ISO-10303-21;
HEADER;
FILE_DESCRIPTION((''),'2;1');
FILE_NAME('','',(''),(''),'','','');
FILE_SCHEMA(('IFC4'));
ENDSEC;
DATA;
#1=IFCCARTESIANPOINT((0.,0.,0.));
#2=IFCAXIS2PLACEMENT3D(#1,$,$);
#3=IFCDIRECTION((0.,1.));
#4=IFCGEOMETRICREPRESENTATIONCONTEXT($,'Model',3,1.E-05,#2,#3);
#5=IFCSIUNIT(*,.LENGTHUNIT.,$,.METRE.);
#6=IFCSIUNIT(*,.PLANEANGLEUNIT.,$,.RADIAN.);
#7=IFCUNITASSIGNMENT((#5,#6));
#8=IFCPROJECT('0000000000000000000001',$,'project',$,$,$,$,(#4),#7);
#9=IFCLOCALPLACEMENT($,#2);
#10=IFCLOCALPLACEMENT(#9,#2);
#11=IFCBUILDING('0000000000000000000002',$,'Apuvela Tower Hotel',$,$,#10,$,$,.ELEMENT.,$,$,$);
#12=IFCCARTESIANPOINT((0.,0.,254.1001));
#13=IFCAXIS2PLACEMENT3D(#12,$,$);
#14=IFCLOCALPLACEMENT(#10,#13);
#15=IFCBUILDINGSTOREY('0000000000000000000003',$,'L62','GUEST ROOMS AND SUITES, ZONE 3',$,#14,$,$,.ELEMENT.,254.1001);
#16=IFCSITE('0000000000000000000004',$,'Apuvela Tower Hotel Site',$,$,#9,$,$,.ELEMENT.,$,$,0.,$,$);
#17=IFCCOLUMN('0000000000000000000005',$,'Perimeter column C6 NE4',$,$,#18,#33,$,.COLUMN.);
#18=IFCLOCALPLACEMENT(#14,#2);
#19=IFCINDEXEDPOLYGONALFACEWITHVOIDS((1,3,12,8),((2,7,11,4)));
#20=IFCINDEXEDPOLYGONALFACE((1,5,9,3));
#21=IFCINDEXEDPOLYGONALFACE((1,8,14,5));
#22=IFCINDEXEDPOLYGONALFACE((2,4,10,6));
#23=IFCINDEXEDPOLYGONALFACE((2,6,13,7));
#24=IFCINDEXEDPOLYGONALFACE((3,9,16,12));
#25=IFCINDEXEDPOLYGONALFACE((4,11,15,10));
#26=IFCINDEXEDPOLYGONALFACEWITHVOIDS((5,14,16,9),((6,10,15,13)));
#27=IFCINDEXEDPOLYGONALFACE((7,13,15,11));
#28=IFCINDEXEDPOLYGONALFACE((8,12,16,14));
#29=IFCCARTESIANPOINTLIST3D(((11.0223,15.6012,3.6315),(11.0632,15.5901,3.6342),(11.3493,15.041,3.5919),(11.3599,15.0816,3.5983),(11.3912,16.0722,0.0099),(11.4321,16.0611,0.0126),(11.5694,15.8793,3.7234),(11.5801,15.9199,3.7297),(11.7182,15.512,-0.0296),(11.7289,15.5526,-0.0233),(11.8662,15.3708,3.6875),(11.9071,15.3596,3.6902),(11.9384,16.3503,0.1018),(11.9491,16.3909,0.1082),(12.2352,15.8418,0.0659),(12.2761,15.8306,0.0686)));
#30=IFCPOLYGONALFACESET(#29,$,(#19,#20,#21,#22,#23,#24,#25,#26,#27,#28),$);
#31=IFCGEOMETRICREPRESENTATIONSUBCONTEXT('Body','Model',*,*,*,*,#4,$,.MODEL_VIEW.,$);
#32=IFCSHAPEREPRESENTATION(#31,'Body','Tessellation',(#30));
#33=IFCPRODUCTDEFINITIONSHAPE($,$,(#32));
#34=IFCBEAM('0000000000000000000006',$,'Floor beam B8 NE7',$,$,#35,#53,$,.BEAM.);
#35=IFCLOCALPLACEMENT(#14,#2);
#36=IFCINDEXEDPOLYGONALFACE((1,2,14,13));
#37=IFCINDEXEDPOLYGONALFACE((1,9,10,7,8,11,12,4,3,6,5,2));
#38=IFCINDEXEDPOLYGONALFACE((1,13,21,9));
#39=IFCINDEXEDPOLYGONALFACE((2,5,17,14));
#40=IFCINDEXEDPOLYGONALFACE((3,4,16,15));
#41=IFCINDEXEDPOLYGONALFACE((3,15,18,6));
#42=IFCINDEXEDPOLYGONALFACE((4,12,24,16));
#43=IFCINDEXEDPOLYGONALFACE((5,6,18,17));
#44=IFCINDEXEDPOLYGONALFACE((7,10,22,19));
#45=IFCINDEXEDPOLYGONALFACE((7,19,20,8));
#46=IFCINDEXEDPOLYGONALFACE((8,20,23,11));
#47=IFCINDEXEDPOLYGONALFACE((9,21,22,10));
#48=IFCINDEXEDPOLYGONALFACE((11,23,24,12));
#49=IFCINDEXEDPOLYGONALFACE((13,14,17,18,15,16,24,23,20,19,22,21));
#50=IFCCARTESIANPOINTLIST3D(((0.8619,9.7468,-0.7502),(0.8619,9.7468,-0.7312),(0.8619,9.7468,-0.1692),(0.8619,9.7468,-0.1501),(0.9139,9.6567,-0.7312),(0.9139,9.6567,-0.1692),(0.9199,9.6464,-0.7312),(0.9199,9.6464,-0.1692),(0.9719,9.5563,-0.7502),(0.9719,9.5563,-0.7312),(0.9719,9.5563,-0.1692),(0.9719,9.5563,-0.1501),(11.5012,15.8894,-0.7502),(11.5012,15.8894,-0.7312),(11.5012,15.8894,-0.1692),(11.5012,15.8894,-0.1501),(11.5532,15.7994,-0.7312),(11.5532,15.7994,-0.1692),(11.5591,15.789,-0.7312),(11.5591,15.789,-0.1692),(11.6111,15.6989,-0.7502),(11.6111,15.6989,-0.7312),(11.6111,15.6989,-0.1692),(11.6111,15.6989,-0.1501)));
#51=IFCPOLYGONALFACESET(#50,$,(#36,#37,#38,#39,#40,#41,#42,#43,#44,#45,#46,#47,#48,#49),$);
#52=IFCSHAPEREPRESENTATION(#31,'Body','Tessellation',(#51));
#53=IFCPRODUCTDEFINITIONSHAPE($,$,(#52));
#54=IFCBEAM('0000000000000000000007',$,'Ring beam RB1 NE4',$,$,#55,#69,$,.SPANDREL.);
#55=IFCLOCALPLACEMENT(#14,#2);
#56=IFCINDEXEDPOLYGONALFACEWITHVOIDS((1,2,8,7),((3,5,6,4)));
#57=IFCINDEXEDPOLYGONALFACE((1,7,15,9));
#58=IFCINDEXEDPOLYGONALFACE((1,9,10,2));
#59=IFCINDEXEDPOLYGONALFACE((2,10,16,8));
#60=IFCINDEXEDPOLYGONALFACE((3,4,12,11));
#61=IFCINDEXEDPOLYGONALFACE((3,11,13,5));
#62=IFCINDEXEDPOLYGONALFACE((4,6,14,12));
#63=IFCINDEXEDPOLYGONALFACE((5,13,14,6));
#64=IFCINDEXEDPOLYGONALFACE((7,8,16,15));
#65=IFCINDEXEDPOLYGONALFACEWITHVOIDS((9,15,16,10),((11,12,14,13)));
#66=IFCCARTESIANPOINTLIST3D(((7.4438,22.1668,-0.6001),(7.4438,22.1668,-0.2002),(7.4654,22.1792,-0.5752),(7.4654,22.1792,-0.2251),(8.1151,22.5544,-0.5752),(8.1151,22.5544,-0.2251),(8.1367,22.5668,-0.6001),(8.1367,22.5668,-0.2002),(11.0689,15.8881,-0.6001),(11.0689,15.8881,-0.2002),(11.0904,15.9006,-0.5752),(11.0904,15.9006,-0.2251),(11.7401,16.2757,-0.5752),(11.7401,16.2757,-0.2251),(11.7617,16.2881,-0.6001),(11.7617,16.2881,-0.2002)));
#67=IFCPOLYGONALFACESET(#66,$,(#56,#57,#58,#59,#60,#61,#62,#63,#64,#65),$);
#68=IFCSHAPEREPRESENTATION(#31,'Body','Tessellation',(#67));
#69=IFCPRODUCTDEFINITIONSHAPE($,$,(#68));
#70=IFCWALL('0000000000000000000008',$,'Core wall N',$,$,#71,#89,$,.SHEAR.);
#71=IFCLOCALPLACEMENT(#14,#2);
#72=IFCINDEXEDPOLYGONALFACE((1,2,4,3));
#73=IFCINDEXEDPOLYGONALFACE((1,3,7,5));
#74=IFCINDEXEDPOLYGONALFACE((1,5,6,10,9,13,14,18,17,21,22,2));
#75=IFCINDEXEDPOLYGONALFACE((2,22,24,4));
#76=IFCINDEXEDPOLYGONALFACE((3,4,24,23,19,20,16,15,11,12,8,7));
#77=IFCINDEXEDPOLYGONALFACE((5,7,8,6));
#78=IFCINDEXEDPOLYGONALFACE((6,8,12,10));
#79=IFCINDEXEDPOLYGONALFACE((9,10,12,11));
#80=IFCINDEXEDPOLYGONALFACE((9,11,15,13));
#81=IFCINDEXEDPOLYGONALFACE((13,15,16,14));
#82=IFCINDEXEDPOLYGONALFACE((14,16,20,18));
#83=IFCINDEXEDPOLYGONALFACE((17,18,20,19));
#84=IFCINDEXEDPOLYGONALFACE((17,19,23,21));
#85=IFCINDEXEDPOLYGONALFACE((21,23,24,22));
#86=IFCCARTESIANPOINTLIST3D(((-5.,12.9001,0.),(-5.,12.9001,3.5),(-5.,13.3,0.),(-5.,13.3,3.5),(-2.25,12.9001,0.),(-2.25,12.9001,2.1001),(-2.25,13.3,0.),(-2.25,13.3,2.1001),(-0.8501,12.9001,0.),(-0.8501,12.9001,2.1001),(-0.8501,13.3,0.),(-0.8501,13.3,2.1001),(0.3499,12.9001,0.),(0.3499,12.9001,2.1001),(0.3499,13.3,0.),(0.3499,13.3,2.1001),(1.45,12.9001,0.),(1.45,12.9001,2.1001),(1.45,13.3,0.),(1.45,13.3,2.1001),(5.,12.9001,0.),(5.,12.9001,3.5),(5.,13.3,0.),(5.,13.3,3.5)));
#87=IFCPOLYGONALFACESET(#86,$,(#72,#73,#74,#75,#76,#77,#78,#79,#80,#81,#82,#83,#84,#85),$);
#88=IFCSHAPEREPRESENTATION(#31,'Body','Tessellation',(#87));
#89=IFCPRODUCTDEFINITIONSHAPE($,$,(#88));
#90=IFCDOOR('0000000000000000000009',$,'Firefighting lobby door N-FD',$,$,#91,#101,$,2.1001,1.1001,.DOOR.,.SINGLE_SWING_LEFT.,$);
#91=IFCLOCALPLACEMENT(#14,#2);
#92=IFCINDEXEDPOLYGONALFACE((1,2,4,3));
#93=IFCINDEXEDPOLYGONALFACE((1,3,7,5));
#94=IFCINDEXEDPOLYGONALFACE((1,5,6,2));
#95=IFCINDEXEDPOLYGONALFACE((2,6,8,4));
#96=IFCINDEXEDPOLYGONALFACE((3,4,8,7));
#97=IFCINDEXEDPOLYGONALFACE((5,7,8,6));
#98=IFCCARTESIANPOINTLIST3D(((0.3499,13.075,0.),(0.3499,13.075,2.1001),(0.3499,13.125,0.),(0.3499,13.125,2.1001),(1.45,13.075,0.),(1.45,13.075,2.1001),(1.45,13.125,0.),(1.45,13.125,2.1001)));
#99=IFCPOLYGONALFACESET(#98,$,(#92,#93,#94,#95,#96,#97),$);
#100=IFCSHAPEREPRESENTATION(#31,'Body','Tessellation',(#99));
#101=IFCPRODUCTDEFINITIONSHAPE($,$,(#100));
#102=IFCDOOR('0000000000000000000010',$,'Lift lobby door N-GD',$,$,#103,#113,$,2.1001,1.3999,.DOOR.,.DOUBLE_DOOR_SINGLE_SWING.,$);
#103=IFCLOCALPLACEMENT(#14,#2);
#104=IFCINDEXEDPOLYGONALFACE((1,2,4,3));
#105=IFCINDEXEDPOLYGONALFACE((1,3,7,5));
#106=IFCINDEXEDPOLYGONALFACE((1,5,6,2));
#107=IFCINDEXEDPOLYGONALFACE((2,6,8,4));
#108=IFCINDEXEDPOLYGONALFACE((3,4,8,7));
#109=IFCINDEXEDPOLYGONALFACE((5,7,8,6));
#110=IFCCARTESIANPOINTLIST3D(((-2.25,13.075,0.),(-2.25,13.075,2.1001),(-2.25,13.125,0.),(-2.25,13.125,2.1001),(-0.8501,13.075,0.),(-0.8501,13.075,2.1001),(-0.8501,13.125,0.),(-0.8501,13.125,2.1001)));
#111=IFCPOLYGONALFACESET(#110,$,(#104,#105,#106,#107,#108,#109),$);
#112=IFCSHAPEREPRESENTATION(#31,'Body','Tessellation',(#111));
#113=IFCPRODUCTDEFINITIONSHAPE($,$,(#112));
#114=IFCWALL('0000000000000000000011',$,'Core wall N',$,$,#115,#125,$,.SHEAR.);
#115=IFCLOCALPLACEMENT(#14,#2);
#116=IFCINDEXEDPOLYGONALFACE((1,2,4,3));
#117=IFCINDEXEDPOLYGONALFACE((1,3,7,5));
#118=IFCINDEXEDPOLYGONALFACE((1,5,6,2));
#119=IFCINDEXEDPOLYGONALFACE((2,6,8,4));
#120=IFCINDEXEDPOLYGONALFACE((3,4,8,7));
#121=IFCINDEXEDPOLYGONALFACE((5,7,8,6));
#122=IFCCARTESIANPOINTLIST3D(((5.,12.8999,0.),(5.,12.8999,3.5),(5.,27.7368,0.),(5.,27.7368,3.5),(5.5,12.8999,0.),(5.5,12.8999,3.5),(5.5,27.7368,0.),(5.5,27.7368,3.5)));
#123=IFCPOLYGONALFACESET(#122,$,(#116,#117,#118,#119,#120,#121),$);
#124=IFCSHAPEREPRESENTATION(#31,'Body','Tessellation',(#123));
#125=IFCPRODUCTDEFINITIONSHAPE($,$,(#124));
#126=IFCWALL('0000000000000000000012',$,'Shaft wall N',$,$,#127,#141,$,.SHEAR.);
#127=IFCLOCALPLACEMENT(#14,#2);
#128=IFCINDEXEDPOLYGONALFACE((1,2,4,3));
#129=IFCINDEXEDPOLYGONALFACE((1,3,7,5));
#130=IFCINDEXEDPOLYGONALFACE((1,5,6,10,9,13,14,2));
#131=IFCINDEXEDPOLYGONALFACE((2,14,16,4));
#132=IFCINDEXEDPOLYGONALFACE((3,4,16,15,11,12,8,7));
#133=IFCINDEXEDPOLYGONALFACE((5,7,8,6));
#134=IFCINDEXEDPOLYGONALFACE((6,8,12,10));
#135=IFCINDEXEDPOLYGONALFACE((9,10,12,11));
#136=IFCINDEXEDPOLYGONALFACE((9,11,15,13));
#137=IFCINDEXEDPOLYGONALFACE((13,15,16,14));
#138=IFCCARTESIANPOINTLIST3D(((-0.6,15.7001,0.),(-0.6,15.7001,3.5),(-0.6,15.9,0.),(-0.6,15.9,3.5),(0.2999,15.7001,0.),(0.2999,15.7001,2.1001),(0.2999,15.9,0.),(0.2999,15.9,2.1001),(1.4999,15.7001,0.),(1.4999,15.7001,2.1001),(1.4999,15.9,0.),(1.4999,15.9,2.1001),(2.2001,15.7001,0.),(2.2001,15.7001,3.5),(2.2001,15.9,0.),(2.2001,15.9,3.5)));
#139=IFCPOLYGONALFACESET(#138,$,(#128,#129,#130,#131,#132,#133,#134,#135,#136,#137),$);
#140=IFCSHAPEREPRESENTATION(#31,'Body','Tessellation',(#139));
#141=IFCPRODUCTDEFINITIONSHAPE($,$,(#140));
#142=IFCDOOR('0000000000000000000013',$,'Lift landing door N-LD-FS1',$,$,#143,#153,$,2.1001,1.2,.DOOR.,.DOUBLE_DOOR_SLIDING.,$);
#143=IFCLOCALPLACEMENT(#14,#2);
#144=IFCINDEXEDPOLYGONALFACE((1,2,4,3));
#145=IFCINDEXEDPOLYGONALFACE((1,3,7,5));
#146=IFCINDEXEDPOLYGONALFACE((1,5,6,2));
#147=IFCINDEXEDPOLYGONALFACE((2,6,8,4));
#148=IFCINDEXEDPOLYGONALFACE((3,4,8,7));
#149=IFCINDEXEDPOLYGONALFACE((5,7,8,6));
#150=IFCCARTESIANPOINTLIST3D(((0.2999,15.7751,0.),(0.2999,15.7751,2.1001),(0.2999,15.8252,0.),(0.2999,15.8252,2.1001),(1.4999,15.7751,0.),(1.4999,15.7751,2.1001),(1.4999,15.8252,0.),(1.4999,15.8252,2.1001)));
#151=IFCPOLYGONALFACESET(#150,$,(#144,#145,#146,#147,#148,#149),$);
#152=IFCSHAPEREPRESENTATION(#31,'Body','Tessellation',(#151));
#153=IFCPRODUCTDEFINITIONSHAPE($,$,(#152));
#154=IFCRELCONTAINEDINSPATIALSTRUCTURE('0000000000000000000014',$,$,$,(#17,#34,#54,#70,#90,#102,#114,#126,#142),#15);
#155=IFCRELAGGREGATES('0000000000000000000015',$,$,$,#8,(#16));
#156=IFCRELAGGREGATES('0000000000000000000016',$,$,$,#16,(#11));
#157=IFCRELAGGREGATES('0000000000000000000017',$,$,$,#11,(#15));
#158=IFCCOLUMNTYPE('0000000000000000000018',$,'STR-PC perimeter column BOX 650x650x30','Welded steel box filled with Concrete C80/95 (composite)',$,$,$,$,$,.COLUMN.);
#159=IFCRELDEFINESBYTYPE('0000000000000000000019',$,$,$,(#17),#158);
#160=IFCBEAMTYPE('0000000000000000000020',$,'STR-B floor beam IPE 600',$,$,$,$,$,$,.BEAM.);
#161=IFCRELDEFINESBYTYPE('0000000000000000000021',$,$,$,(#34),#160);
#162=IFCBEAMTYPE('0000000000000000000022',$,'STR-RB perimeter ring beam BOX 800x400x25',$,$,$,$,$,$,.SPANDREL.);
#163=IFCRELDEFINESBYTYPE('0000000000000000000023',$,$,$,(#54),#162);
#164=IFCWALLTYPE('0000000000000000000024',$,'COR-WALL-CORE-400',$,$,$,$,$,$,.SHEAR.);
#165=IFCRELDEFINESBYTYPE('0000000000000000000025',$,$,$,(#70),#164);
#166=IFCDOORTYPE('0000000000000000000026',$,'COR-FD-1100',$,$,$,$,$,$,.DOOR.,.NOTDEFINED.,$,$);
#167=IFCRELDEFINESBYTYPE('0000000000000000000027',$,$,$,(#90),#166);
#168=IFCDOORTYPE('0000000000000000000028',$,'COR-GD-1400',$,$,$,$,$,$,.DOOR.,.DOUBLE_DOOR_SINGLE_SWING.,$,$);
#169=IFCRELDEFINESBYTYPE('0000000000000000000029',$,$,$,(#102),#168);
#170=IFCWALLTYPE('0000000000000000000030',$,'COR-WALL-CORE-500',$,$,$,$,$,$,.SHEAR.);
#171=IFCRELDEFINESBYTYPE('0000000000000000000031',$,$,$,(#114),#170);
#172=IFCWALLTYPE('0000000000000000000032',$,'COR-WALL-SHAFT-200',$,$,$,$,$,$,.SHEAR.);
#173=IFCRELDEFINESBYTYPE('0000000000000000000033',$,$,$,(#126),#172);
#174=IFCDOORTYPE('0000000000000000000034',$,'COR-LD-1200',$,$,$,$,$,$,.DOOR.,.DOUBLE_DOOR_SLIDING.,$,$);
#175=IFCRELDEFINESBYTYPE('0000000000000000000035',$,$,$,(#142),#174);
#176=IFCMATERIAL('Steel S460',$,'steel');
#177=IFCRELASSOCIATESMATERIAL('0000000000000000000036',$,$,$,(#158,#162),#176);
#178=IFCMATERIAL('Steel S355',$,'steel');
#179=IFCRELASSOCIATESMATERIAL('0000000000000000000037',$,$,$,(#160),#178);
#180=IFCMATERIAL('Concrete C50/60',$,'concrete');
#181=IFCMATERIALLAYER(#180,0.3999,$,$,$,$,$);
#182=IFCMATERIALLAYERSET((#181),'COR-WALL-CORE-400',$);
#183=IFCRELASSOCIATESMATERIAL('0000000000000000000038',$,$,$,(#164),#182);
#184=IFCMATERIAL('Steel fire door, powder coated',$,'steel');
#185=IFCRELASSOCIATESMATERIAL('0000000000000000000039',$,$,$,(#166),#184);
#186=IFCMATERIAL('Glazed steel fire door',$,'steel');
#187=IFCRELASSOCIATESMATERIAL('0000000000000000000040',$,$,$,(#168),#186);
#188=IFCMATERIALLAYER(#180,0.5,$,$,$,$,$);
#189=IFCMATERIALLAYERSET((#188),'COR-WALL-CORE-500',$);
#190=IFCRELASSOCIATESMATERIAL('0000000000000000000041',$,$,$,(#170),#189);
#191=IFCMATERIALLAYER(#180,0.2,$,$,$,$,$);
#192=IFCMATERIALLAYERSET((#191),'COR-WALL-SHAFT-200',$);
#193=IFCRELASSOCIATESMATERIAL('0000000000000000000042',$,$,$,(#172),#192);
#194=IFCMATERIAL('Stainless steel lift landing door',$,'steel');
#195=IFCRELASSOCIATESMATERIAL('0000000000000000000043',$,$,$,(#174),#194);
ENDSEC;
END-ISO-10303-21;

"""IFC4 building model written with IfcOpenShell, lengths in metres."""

from ifc_helpers import new_model, si_unit, direction, frame, frame_2d, origin, origin_2d, place, context, subcontext, project, spatial, rectangle, hollow_rectangle, i_section, extrude, boolean, halfspace, material, layer, layer_set, material_profile, profile_set, type_object, element, fill, save


model = new_model("IFC4")

# Units and contexts
model_context = context("Model", 3, precision=1e-05, world=origin(), true_north=direction((0.0, 1.0)))
body_context = subcontext(model_context, "Body", "Model", "MODEL_VIEW")
ifc_project = project(units=[si_unit("LENGTHUNIT", "METRE"), si_unit("PLANEANGLEUNIT", "RADIAN")], contexts=[model_context])

# Site, building, storey
site_placement = place(None, origin())
site = spatial("IfcSite", under=ifc_project, at=site_placement, Name="Apuvela Tower Hotel Site", CompositionType="ELEMENT", RefElevation=0.0)
building_placement = place(site_placement, origin())
building = spatial("IfcBuilding", under=site, at=building_placement, Name="Apuvela Tower Hotel", CompositionType="ELEMENT")
storey_placement = place(building_placement, frame((0.0, 0.0, 254.1001)))
storey = spatial("IfcBuildingStorey", under=building, at=storey_placement, Name="L62", Description="GUEST ROOMS AND SUITES, ZONE 3", CompositionType="ELEMENT", Elevation=254.1001)

# Column
ifc_material_1 = material(Name="Steel S460", Category="steel")
ifc_material_profile_1 = material_profile(ifc_material_1, hollow_rectangle(XDim=0.6499, YDim=0.6499, WallThickness=0.03, at=origin_2d()), Name="BOX 650x650x30")
ifc_material_2 = material(Name="Concrete C80/95", Category="concrete")
ifc_material_profile_2 = material_profile(ifc_material_2, rectangle(XDim=0.5901, YDim=0.5901, at=origin_2d()), Name="Concrete C80/95 infill")
ifc_profile_set_1 = profile_set([ifc_material_profile_1, ifc_material_profile_2], Name="Steel S460")
column_type = type_object("IfcColumnType", Name="STR-PC perimeter column BOX 650x650x30", Description="Welded steel box filled with Concrete C80/95 (composite)", PredefinedType="COLUMN", material=ifc_profile_set_1)
column_placement = place(storey_placement, frame((11.8376, 15.9565, 0.0), z_axis=(-0.100518, -0.128317, 0.986626), x_axis=(-0.503129, 0.862066, 0.060858)))
element("IfcColumn", 1, at=column_placement, inside=storey, type_object=column_type, Name="Perimeter column C6 NE4", PredefinedType="COLUMN", context=body_context, shape_type="SweptSolid", body=[
    boolean("DIFFERENCE", boolean("DIFFERENCE", extrude(hollow_rectangle(XDim=0.6499, YDim=0.6499, WallThickness=0.03, at=origin_2d()), origin(), (0.0, 0.0, 1.0), 3.75), halfspace(frame((0.0, 0.0, 0.0398), z_axis=(0.0, 0.0, 1.0), x_axis=(1.0, 0.0, 0.0)), True)), halfspace(frame((0.0, 0.0, 3.7104), z_axis=(0.0, 0.0, 1.0), x_axis=(1.0, 0.0, 0.0)), False)),
])

# Beams
ifc_material_3 = material(Name="Steel S355", Category="steel")
ifc_material_profile_3 = material_profile(ifc_material_3, i_section(OverallWidth=0.22, OverallDepth=0.6001, WebThickness=0.012, FlangeThickness=0.019, at=origin_2d()), Name="IPE 600")
ifc_profile_set_2 = profile_set([ifc_material_profile_3], Name="Steel S355")
beam_type_1 = type_object("IfcBeamType", Name="STR-B floor beam IPE 600", PredefinedType="BEAM", material=ifc_profile_set_2)
beam_1_placement = place(storey_placement, frame((11.5562, 15.7942, -0.4502), z_axis=(-0.866023, -0.500003, 0.0), x_axis=(0.500003, -0.866023, 0.0)))
element("IfcBeam", 2, at=beam_1_placement, inside=storey, type_object=beam_type_1, Name="Floor beam B8 NE7", PredefinedType="BEAM", context=body_context, shape_type="SweptSolid", body=[
    extrude(i_section(OverallWidth=0.22, OverallDepth=0.6001, WebThickness=0.012, FlangeThickness=0.019, at=origin_2d()), origin(), (0.0, 0.0, 1.0), 12.2852),
])
ifc_material_profile_4 = material_profile(ifc_material_1, hollow_rectangle(XDim=0.8, YDim=0.3999, WallThickness=0.0249, at=origin_2d()), Name="BOX 800x400x25")
ifc_profile_set_3 = profile_set([ifc_material_profile_4], Name="Steel S460")
beam_type_2 = type_object("IfcBeamType", Name="STR-RB perimeter ring beam BOX 800x400x25", PredefinedType="SPANDREL", material=ifc_profile_set_3)
beam_2_placement = place(storey_placement, frame((11.4153, 16.0881, -0.4001), z_axis=(-0.500007, 0.866021, 0.0), x_axis=(-0.866021, -0.500007, 0.0)))
element("IfcBeam", 3, at=beam_2_placement, inside=storey, type_object=beam_type_2, Name="Ring beam RB1 NE4", PredefinedType="SPANDREL", context=body_context, shape_type="SweptSolid", body=[
    extrude(hollow_rectangle(XDim=0.8, YDim=0.3999, WallThickness=0.0249, at=origin_2d()), origin(), (0.0, 0.0, 1.0), 7.25),
])

# Wall, openings, doors
ifc_material_4 = material(Name="Concrete C50/60", Category="concrete")
ifc_layer_1 = layer(ifc_material_4, 0.3999)
ifc_layer_set_1 = layer_set([ifc_layer_1], Name="COR-WALL-CORE-400")
wall_type_1 = type_object("IfcWallType", Name="COR-WALL-CORE-400", PredefinedType="SHEAR", material=ifc_layer_set_1)
wall_1_placement = place(storey_placement, frame((5.0, 13.1001, 0.0), z_axis=(0.0, 0.0, 1.0), x_axis=(-1.0, 0.0, 0.0)))
wall_1 = element("IfcWall", 4, at=wall_1_placement, inside=storey, type_object=wall_type_1, Name="Core wall N", PredefinedType="SHEAR", context=body_context, shape_type="SweptSolid", body=[
    extrude(rectangle(XDim=10.0, YDim=0.3999, at=frame_2d((5.0, 0.0))), origin(), (0.0, 0.0, 1.0), 3.5),
])
opening_1_placement = place(wall_1_placement, frame((3.55, 0.0, 0.0)))
opening_1 = element("IfcOpeningElement", 5, at=opening_1_placement, cuts=wall_1, PredefinedType="OPENING", context=body_context, shape_type="SweptSolid", body=[
    extrude(rectangle(XDim=1.1001, YDim=2.1001, at=frame_2d((0.55, 1.05))), frame((0.0, 0.21, 0.0), z_axis=(0.0, -1.0, 0.0), x_axis=(1.0, 0.0, 0.0)), (0.0, 0.0, 1.0), 0.4199),
])
opening_2_placement = place(wall_1_placement, frame((5.8501, 0.0, 0.0)))
opening_2 = element("IfcOpeningElement", 6, at=opening_2_placement, cuts=wall_1, PredefinedType="OPENING", context=body_context, shape_type="SweptSolid", body=[
    extrude(rectangle(XDim=1.3999, YDim=2.1001, at=frame_2d((0.7, 1.05))), frame((0.0, 0.21, 0.0), z_axis=(0.0, -1.0, 0.0), x_axis=(1.0, 0.0, 0.0)), (0.0, 0.0, 1.0), 0.4199),
])
ifc_material_5 = material(Name="Steel fire door, powder coated", Category="steel")
door_type_1 = type_object("IfcDoorType", Name="COR-FD-1100", OperationType="NOTDEFINED", PredefinedType="DOOR", material=ifc_material_5)
door_1_placement = place(opening_1_placement, frame((1.1001, 0.0, 0.0), z_axis=(0.0, 0.0, 1.0), x_axis=(-1.0, 0.0, 0.0)))
door_1 = element("IfcDoor", 7, at=door_1_placement, inside=storey, type_object=door_type_1, Name="Firefighting lobby door N-FD", OperationType="SINGLE_SWING_LEFT", OverallHeight=2.1001, OverallWidth=1.1001, PredefinedType="DOOR", context=body_context, shape_type="SweptSolid", body=[
    extrude(rectangle(XDim=1.1001, YDim=2.1001, at=frame_2d((0.55, 1.05))), frame((0.0, 0.0249, 0.0), z_axis=(0.0, -1.0, 0.0), x_axis=(1.0, 0.0, 0.0)), (0.0, 0.0, 1.0), 0.05),
])
fill(opening_1, door_1)
ifc_material_6 = material(Name="Glazed steel fire door", Category="steel")
door_type_2 = type_object("IfcDoorType", Name="COR-GD-1400", OperationType="DOUBLE_DOOR_SINGLE_SWING", PredefinedType="DOOR", material=ifc_material_6)
door_2_placement = place(opening_2_placement, frame((1.3999, 0.0, 0.0), z_axis=(0.0, 0.0, 1.0), x_axis=(-1.0, 0.0, 0.0)))
door_2 = element("IfcDoor", 8, at=door_2_placement, inside=storey, type_object=door_type_2, Name="Lift lobby door N-GD", OperationType="DOUBLE_DOOR_SINGLE_SWING", OverallHeight=2.1001, OverallWidth=1.3999, PredefinedType="DOOR", context=body_context, shape_type="SweptSolid", body=[
    extrude(rectangle(XDim=1.3999, YDim=2.1001, at=frame_2d((0.7, 1.05))), frame((0.0, 0.0249, 0.0), z_axis=(0.0, -1.0, 0.0), x_axis=(1.0, 0.0, 0.0)), (0.0, 0.0, 1.0), 0.05),
])
fill(opening_2, door_2)

# Wall
ifc_layer_2 = layer(ifc_material_4, 0.5)
ifc_layer_set_2 = layer_set([ifc_layer_2], Name="COR-WALL-CORE-500")
wall_type_2 = type_object("IfcWallType", Name="COR-WALL-CORE-500", PredefinedType="SHEAR", material=ifc_layer_set_2)
wall_2_placement = place(storey_placement, frame((5.25, 12.8999, 0.0), z_axis=(0.0, 0.0, 1.0), x_axis=(0.0, 1.0, 0.0)))
element("IfcWall", 9, at=wall_2_placement, inside=storey, type_object=wall_type_2, Name="Core wall N", PredefinedType="SHEAR", context=body_context, shape_type="SweptSolid", body=[
    extrude(rectangle(XDim=14.8369, YDim=0.5, at=frame_2d((7.4185, 0.0))), origin(), (0.0, 0.0, 1.0), 3.5),
])

# Wall, opening, door
ifc_layer_3 = layer(ifc_material_4, 0.2)
ifc_layer_set_3 = layer_set([ifc_layer_3], Name="COR-WALL-SHAFT-200")
wall_type_3 = type_object("IfcWallType", Name="COR-WALL-SHAFT-200", PredefinedType="SHEAR", material=ifc_layer_set_3)
wall_3_placement = place(storey_placement, frame((2.2, 15.8, 0.0), z_axis=(0.0, 0.0, 1.0), x_axis=(-1.0, 0.0, 0.0)))
wall_3 = element("IfcWall", 10, at=wall_3_placement, inside=storey, type_object=wall_type_3, Name="Shaft wall N", PredefinedType="SHEAR", context=body_context, shape_type="SweptSolid", body=[
    extrude(rectangle(XDim=2.8, YDim=0.2, at=frame_2d((1.3999, 0.0))), origin(), (0.0, 0.0, 1.0), 3.5),
])
opening_3_placement = place(wall_3_placement, frame((0.7, 0.0, 0.0)))
opening_3 = element("IfcOpeningElement", 11, at=opening_3_placement, cuts=wall_3, PredefinedType="OPENING", context=body_context, shape_type="SweptSolid", body=[
    extrude(rectangle(XDim=1.2, YDim=2.1001, at=frame_2d((0.6001, 1.05))), frame((0.0, 0.1099, 0.0), z_axis=(0.0, -1.0, 0.0), x_axis=(1.0, 0.0, 0.0)), (0.0, 0.0, 1.0), 0.22),
])
ifc_material_7 = material(Name="Stainless steel lift landing door", Category="steel")
door_type_3 = type_object("IfcDoorType", Name="COR-LD-1200", OperationType="DOUBLE_DOOR_SLIDING", PredefinedType="DOOR", material=ifc_material_7)
door_3_placement = place(opening_3_placement, origin())
door_3 = element("IfcDoor", 12, at=door_3_placement, inside=storey, type_object=door_type_3, Name="Lift landing door N-LD-FS1", OperationType="DOUBLE_DOOR_SLIDING", OverallHeight=2.1001, OverallWidth=1.2, PredefinedType="DOOR", context=body_context, shape_type="SweptSolid", body=[
    extrude(rectangle(XDim=1.2, YDim=2.1001, at=frame_2d((0.6001, 1.05))), frame((0.0, 0.0249, 0.0), z_axis=(0.0, -1.0, 0.0), x_axis=(1.0, 0.0, 0.0)), (0.0, 0.0, 1.0), 0.05),
])
fill(opening_3, door_3)

save(model, "model.ifc")
